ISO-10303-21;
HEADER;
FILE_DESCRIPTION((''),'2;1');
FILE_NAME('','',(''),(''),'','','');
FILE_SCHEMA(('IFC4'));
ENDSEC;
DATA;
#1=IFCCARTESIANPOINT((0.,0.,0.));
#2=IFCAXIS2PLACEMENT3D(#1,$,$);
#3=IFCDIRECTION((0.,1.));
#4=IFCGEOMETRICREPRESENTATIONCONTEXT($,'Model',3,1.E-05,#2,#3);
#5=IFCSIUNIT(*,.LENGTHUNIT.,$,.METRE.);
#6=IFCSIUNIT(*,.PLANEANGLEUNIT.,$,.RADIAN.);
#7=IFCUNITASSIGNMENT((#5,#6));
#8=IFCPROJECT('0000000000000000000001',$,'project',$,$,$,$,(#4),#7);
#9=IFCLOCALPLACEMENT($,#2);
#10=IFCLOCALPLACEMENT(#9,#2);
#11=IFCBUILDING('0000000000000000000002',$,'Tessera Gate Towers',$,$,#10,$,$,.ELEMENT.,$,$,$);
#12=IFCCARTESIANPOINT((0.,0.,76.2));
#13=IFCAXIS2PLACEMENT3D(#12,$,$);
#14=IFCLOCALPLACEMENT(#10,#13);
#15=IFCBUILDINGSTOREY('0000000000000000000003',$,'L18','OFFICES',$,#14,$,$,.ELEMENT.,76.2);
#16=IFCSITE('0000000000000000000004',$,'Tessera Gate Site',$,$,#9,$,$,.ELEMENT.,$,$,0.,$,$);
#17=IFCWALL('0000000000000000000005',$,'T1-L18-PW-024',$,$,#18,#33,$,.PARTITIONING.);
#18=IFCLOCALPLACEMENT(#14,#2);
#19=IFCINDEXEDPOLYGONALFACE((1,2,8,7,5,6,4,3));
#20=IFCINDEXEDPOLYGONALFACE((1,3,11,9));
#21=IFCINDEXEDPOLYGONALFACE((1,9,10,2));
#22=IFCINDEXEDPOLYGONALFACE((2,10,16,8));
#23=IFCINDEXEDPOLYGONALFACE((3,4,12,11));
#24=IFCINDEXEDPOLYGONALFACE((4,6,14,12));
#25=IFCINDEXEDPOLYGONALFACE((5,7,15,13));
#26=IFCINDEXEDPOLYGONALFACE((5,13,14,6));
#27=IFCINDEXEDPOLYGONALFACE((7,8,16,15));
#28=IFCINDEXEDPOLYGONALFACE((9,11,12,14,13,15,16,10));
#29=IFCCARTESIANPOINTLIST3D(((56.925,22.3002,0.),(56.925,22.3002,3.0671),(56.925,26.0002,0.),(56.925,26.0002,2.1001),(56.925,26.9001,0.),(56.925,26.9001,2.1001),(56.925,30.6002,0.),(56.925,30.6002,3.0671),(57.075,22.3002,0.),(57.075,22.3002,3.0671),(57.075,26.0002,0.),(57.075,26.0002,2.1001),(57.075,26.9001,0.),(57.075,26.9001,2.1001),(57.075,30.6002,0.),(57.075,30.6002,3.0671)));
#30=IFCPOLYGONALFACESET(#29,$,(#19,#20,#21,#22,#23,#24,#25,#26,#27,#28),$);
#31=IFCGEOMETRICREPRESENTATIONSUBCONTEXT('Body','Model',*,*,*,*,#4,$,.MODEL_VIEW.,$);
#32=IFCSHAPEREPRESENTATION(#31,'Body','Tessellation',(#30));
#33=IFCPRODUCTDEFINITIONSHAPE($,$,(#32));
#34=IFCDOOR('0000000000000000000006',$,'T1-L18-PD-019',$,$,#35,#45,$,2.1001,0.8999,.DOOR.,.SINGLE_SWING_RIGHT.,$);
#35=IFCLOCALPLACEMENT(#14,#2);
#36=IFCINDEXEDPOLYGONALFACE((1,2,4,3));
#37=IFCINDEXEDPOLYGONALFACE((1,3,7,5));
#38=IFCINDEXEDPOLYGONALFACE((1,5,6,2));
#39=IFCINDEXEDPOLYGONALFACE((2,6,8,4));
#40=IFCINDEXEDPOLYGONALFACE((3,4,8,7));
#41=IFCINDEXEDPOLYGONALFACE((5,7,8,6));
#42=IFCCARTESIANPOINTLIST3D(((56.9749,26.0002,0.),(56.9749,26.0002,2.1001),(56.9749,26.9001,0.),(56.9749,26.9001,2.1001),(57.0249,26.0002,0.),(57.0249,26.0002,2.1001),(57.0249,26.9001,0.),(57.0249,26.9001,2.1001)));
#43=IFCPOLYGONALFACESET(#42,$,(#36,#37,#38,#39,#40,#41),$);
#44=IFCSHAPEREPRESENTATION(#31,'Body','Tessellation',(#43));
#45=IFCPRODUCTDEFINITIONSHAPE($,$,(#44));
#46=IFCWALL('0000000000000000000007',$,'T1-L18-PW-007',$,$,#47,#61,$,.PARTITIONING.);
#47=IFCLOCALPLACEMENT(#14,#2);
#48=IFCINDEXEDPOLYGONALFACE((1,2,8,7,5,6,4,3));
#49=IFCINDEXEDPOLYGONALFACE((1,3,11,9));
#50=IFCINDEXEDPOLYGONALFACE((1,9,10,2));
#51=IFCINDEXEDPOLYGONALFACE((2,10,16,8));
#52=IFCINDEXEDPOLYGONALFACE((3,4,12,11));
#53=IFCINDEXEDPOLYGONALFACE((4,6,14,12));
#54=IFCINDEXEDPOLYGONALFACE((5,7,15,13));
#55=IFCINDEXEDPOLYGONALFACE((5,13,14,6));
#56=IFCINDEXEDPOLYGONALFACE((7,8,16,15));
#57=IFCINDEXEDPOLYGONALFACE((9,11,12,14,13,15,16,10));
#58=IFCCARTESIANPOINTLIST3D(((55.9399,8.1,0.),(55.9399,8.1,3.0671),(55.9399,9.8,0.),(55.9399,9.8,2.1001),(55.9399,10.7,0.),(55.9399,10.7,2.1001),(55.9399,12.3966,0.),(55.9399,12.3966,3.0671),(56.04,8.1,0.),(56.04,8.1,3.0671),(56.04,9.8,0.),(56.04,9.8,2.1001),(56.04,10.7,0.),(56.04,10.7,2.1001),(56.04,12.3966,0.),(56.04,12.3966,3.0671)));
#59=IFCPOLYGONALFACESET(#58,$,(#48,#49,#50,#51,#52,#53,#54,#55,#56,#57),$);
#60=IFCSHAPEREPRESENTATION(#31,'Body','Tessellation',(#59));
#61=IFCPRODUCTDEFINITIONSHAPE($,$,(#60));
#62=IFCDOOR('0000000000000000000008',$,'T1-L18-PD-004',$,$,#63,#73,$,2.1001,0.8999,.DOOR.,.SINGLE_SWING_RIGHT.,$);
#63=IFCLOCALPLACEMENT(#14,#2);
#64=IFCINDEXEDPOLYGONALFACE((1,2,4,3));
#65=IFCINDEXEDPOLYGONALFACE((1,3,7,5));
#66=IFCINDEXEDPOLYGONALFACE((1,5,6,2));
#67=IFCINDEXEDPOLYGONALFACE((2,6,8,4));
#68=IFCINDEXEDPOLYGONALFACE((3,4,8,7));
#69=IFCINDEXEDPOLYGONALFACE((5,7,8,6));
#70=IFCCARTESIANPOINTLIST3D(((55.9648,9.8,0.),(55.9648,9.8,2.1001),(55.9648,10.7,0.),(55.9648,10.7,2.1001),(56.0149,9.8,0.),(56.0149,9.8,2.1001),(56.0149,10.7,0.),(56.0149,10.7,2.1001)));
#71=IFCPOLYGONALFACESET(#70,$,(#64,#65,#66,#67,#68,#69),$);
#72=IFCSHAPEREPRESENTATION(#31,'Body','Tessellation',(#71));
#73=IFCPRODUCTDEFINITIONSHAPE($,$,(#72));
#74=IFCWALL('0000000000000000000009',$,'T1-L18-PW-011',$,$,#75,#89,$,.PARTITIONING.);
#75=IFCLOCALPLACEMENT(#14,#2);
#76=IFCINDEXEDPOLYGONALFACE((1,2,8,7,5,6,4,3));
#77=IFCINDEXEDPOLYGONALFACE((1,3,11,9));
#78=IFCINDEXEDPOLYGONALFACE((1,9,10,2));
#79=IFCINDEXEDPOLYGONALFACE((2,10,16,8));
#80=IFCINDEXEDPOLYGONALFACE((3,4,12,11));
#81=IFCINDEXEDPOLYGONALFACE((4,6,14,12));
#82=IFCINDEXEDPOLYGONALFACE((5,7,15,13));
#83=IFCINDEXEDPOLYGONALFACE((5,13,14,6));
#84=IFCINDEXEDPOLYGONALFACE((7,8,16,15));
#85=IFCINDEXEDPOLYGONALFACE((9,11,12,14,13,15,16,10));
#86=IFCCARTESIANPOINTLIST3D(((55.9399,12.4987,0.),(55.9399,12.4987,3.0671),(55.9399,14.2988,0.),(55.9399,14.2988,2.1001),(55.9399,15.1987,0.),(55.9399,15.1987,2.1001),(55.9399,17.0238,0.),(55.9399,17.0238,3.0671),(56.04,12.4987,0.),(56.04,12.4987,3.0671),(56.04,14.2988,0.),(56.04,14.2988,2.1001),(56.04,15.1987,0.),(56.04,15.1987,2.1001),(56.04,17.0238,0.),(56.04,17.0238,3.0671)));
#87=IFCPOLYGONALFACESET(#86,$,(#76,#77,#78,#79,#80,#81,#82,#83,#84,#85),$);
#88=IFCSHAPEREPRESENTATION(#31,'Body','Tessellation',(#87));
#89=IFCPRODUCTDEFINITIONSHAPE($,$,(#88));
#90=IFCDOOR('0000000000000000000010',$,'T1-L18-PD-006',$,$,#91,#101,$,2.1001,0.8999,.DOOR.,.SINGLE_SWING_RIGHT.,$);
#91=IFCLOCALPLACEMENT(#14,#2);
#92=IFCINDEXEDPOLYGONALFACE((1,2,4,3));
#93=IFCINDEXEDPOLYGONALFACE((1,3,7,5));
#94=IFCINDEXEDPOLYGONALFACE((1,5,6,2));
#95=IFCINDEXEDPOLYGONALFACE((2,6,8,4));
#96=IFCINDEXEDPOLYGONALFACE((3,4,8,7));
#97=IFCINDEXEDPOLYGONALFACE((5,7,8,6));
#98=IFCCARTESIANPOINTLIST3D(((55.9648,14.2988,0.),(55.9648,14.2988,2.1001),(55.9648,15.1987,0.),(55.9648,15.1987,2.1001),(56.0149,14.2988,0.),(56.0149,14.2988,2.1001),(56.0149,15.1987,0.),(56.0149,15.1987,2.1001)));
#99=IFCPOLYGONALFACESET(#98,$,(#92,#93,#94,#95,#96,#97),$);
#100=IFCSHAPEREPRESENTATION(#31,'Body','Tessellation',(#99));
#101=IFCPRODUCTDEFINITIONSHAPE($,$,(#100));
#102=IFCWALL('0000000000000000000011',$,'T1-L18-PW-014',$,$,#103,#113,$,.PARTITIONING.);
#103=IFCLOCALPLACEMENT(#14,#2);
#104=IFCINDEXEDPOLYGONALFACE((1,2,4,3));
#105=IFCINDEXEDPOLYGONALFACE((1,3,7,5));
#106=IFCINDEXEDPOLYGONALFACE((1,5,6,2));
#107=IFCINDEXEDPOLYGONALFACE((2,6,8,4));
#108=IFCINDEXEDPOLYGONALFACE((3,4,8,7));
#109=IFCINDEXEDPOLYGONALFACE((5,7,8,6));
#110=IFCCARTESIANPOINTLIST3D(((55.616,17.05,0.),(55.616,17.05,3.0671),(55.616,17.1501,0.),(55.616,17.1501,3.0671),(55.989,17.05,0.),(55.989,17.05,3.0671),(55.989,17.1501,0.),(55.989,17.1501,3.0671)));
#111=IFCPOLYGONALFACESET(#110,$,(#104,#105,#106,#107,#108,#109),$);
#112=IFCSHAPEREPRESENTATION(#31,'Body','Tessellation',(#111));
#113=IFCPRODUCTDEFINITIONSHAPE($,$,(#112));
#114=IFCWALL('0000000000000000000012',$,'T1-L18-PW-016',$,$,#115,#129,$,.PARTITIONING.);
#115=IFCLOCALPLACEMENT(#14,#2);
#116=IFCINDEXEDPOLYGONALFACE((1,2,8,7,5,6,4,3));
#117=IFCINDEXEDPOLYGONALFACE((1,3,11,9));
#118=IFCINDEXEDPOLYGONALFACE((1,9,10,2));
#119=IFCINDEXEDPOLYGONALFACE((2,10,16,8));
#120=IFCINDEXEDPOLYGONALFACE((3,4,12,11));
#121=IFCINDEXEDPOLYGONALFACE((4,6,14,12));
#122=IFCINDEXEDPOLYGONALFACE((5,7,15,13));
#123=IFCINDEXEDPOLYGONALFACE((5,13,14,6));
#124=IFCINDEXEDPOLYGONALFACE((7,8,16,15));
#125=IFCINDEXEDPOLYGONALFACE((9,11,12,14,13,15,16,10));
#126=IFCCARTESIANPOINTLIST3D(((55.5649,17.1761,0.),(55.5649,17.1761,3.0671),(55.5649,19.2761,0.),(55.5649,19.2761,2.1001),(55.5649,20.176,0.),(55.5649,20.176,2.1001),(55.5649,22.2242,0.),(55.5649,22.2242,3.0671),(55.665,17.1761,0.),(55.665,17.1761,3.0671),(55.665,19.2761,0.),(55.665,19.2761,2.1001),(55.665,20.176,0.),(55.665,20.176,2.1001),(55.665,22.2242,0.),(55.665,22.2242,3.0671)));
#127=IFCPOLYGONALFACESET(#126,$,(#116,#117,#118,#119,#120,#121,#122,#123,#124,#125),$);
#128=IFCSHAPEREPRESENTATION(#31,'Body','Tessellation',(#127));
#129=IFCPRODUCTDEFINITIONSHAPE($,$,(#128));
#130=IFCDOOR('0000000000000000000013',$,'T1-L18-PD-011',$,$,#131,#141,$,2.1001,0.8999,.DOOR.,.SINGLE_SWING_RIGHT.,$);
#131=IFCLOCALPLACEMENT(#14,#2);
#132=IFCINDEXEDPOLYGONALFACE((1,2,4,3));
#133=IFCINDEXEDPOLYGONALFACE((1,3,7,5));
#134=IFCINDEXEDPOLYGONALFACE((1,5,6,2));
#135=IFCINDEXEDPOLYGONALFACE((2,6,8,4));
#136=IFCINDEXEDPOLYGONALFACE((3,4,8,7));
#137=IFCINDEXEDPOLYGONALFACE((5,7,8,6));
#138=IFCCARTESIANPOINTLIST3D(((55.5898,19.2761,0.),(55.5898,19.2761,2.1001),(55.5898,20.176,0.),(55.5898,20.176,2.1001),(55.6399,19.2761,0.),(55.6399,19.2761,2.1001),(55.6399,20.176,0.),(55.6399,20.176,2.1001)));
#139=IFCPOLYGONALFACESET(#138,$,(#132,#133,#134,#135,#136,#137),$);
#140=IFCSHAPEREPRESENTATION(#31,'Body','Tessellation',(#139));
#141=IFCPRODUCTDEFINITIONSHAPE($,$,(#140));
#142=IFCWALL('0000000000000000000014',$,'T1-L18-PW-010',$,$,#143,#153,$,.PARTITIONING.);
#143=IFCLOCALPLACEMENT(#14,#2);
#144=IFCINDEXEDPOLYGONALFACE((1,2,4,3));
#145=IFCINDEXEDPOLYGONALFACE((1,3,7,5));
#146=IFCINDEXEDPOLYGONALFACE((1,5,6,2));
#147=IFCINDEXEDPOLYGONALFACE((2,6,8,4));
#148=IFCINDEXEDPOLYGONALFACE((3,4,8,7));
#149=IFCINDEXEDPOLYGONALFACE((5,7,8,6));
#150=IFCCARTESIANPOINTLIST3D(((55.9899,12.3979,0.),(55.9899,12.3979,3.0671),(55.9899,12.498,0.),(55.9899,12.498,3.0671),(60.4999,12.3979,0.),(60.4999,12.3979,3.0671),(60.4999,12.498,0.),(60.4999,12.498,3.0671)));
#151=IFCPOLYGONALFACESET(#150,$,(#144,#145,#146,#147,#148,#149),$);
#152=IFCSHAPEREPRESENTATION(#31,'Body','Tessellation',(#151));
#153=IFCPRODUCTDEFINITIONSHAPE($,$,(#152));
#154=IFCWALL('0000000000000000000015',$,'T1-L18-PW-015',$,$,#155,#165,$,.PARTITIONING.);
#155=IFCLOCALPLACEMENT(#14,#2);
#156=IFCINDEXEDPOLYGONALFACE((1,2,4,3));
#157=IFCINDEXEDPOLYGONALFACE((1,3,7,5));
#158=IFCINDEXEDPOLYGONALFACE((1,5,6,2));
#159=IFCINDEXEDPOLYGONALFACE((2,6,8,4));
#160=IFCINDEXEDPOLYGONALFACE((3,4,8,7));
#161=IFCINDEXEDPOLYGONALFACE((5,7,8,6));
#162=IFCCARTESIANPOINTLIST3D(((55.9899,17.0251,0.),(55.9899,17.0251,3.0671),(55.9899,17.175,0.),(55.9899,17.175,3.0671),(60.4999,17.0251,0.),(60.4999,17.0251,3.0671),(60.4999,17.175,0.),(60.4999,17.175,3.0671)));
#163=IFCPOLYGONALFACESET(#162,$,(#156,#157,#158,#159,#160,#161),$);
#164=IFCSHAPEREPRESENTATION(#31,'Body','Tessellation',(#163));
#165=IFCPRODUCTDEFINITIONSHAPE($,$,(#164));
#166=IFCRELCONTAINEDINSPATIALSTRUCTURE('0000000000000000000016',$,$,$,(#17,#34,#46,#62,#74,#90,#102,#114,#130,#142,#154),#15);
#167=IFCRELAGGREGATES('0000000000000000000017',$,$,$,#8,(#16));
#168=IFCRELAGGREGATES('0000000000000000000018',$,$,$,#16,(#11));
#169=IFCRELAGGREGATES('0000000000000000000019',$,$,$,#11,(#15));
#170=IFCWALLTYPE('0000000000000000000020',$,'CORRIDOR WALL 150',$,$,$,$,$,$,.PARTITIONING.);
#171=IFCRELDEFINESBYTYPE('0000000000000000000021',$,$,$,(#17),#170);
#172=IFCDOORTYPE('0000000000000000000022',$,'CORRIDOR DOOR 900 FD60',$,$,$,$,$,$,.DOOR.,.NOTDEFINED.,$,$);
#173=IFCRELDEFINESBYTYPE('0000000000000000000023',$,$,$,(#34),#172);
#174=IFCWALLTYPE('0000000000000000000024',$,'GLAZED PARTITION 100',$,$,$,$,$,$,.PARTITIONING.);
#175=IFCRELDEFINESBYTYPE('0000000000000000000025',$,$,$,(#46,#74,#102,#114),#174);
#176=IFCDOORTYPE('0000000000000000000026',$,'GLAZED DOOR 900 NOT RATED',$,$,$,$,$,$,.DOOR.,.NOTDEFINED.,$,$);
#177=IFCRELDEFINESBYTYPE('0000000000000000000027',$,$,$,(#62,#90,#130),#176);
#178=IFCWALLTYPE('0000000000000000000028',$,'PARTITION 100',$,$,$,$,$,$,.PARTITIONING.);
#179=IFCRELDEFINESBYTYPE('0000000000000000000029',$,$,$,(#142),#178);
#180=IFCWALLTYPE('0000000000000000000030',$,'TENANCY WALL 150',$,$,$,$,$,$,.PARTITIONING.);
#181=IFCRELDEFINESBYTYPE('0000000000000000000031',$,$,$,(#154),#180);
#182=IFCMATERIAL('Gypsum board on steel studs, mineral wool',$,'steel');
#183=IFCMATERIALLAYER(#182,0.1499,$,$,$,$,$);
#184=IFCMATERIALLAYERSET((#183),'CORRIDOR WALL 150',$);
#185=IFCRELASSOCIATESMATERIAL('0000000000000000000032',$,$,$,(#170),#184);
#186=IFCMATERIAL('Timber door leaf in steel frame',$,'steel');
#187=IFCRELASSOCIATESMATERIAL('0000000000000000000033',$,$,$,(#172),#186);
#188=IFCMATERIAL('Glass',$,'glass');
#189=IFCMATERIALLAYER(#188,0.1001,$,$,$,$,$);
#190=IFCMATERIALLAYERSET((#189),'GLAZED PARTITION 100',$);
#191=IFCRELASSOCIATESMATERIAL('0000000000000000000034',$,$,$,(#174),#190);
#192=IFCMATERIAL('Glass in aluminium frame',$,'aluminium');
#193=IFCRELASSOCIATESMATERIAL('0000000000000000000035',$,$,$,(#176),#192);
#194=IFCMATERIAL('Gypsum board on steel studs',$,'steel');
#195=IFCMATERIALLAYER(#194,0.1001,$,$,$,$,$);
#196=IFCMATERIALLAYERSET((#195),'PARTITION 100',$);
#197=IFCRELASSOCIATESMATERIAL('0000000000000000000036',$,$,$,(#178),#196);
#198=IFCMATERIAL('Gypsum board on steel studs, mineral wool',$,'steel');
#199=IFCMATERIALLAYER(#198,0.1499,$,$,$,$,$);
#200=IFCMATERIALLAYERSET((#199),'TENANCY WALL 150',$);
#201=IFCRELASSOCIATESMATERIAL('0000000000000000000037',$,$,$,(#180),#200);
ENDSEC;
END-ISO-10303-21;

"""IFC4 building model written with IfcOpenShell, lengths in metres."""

from ifc_helpers import new_model, si_unit, direction, frame, frame_2d, origin, place, context, subcontext, project, spatial, rectangle, extrude, source, transform, mapped, material, layer, layer_set, type_object, element, fill, save


model = new_model("IFC4")

# Units and contexts
model_context = context("Model", 3, precision=1e-05, world=origin(), true_north=direction((0.0, 1.0)))
body_context = subcontext(model_context, "Body", "Model", "MODEL_VIEW")
ifc_project = project(units=[si_unit("LENGTHUNIT", "METRE"), si_unit("PLANEANGLEUNIT", "RADIAN")], contexts=[model_context])

# Site, building, storey
site_placement = place(None, origin())
site = spatial("IfcSite", under=ifc_project, at=site_placement, Name="Tessera Gate Site", CompositionType="ELEMENT", RefElevation=0.0)
building_placement = place(site_placement, origin())
building = spatial("IfcBuilding", under=site, at=building_placement, Name="Tessera Gate Towers", CompositionType="ELEMENT")
storey_placement = place(building_placement, frame((0.0, 0.0, 76.2)))
storey = spatial("IfcBuildingStorey", under=building, at=storey_placement, Name="L18", Description="OFFICES", CompositionType="ELEMENT", Elevation=76.2)

# Walls, openings, doors
ifc_material_1 = material(Name="Gypsum board on steel studs, mineral wool", Category="steel")
ifc_layer_1 = layer(ifc_material_1, 0.1499)
ifc_layer_set_1 = layer_set([ifc_layer_1], Name="CORRIDOR WALL 150")
wall_type_1 = type_object("IfcWallType", Name="CORRIDOR WALL 150", PredefinedType="PARTITIONING", material=ifc_layer_set_1)
wall_1_placement = place(storey_placement, frame((57.0, 30.6001, 0.0), z_axis=(0.0, 0.0, 1.0), x_axis=(0.0, -1.0, 0.0)))
wall_1 = element("IfcWall", 1, at=wall_1_placement, inside=storey, type_object=wall_type_1, Name="T1-L18-PW-024", PredefinedType="PARTITIONING", context=body_context, shape_type="SweptSolid", body=[
    extrude(rectangle(XDim=8.3, YDim=0.1499, at=frame_2d((4.1499, 0.0))), origin(), (0.0, 0.0, 1.0), 3.0671),
])
shared_shape_1 = source(origin(), body_context, "Body", "SweptSolid", [
    extrude(rectangle(XDim=0.8999, YDim=2.1001, at=frame_2d((0.45, 1.05))), frame((0.0, 0.085, 0.0), z_axis=(0.0, -1.0, 0.0), x_axis=(1.0, 0.0, 0.0)), (0.0, 0.0, 1.0), 0.1699),
])
opening_1_placement = place(wall_1_placement, frame((3.7, 0.0, 0.0)))
opening_1 = element("IfcOpeningElement", 2, at=opening_1_placement, cuts=wall_1, PredefinedType="OPENING", context=body_context, shape_type="MappedRepresentation", body=[
    mapped(shared_shape_1, transform((0.0, 0.0, 0.0), scale=1.0)),
])
ifc_material_2 = material(Name="Timber door leaf in steel frame", Category="steel")
door_type_1 = type_object("IfcDoorType", Name="CORRIDOR DOOR 900 FD60", OperationType="NOTDEFINED", PredefinedType="DOOR", material=ifc_material_2)
shared_shape_2 = source(origin(), body_context, "Body", "SweptSolid", [
    extrude(rectangle(XDim=0.8999, YDim=2.1001, at=frame_2d((0.45, 1.05))), frame((0.0, 0.0249, 0.0), z_axis=(0.0, -1.0, 0.0), x_axis=(1.0, 0.0, 0.0)), (0.0, 0.0, 1.0), 0.05),
])
door_1_placement = place(opening_1_placement, origin())
door_1 = element("IfcDoor", 3, at=door_1_placement, inside=storey, type_object=door_type_1, Name="T1-L18-PD-019", OperationType="SINGLE_SWING_RIGHT", OverallHeight=2.1001, OverallWidth=0.8999, PredefinedType="DOOR", context=body_context, shape_type="MappedRepresentation", body=[
    mapped(shared_shape_2, transform((0.0, 0.0, 0.0), scale=1.0)),
])
fill(opening_1, door_1)
ifc_material_3 = material(Name="Glass", Category="glass")
ifc_layer_2 = layer(ifc_material_3, 0.1001)
ifc_layer_set_2 = layer_set([ifc_layer_2], Name="GLAZED PARTITION 100")
wall_type_2 = type_object("IfcWallType", Name="GLAZED PARTITION 100", PredefinedType="PARTITIONING", material=ifc_layer_set_2)
wall_2_placement = place(storey_placement, frame((55.99, 12.3967, 0.0), z_axis=(0.0, 0.0, 1.0), x_axis=(0.0, -1.0, 0.0)))
wall_2 = element("IfcWall", 4, at=wall_2_placement, inside=storey, type_object=wall_type_2, Name="T1-L18-PW-007", PredefinedType="PARTITIONING", context=body_context, shape_type="SweptSolid", body=[
    extrude(rectangle(XDim=4.2966, YDim=0.1001, at=frame_2d((2.1484, 0.0))), origin(), (0.0, 0.0, 1.0), 3.0671),
])
shared_shape_3 = source(origin(), body_context, "Body", "SweptSolid", [
    extrude(rectangle(XDim=0.8999, YDim=2.1001, at=frame_2d((0.45, 1.05))), frame((0.0, 0.0601, 0.0), z_axis=(0.0, -1.0, 0.0), x_axis=(1.0, 0.0, 0.0)), (0.0, 0.0, 1.0), 0.1201),
])
opening_2_placement = place(wall_2_placement, frame((1.6968, 0.0, 0.0)))
opening_2 = element("IfcOpeningElement", 5, at=opening_2_placement, cuts=wall_2, PredefinedType="OPENING", context=body_context, shape_type="MappedRepresentation", body=[
    mapped(shared_shape_3, transform((0.0, 0.0, 0.0), scale=1.0)),
])
ifc_material_4 = material(Name="Glass in aluminium frame", Category="aluminium")
door_type_2 = type_object("IfcDoorType", Name="GLAZED DOOR 900 NOT RATED", OperationType="NOTDEFINED", PredefinedType="DOOR", material=ifc_material_4)
door_2_placement = place(opening_2_placement, origin())
door_2 = element("IfcDoor", 6, at=door_2_placement, inside=storey, type_object=door_type_2, Name="T1-L18-PD-004", OperationType="SINGLE_SWING_RIGHT", OverallHeight=2.1001, OverallWidth=0.8999, PredefinedType="DOOR", context=body_context, shape_type="MappedRepresentation", body=[
    mapped(shared_shape_2, transform((0.0, 0.0, 0.0), scale=1.0)),
])
fill(opening_2, door_2)
wall_3_placement = place(storey_placement, frame((55.99, 17.0239, 0.0), z_axis=(0.0, 0.0, 1.0), x_axis=(0.0, -1.0, 0.0)))
wall_3 = element("IfcWall", 7, at=wall_3_placement, inside=storey, type_object=wall_type_2, Name="T1-L18-PW-011", PredefinedType="PARTITIONING", context=body_context, shape_type="SweptSolid", body=[
    extrude(rectangle(XDim=4.5251, YDim=0.1001, at=frame_2d((2.2627, 0.0))), origin(), (0.0, 0.0, 1.0), 3.0671),
])
opening_3_placement = place(wall_3_placement, frame((1.8252, 0.0, 0.0)))
opening_3 = element("IfcOpeningElement", 8, at=opening_3_placement, cuts=wall_3, PredefinedType="OPENING", context=body_context, shape_type="MappedRepresentation", body=[
    mapped(shared_shape_3, transform((0.0, 0.0, 0.0), scale=1.0)),
])
door_3_placement = place(opening_3_placement, origin())
door_3 = element("IfcDoor", 9, at=door_3_placement, inside=storey, type_object=door_type_2, Name="T1-L18-PD-006", OperationType="SINGLE_SWING_RIGHT", OverallHeight=2.1001, OverallWidth=0.8999, PredefinedType="DOOR", context=body_context, shape_type="MappedRepresentation", body=[
    mapped(shared_shape_2, transform((0.0, 0.0, 0.0), scale=1.0)),
])
fill(opening_3, door_3)

# Wall
wall_4_placement = place(storey_placement, frame((55.616, 17.1001, 0.0), z_axis=(0.0, 0.0, 1.0), x_axis=(1.0, 0.0, 0.0)))
element("IfcWall", 10, at=wall_4_placement, inside=storey, type_object=wall_type_2, Name="T1-L18-PW-014", PredefinedType="PARTITIONING", context=body_context, shape_type="SweptSolid", body=[
    extrude(rectangle(XDim=0.373, YDim=0.1001, at=frame_2d((0.1865, 0.0))), origin(), (0.0, 0.0, 1.0), 3.0671),
])

# Wall, opening, door
wall_5_placement = place(storey_placement, frame((55.615, 22.2241, 0.0), z_axis=(0.0, 0.0, 1.0), x_axis=(0.0, -1.0, 0.0)))
wall_5 = element("IfcWall", 11, at=wall_5_placement, inside=storey, type_object=wall_type_2, Name="T1-L18-PW-016", PredefinedType="PARTITIONING", context=body_context, shape_type="SweptSolid", body=[
    extrude(rectangle(XDim=5.0481, YDim=0.1001, at=frame_2d((2.5239, 0.0))), origin(), (0.0, 0.0, 1.0), 3.0671),
])
opening_4_placement = place(wall_5_placement, frame((2.0481, 0.0, 0.0)))
opening_4 = element("IfcOpeningElement", 12, at=opening_4_placement, cuts=wall_5, PredefinedType="OPENING", context=body_context, shape_type="MappedRepresentation", body=[
    mapped(shared_shape_3, transform((0.0, 0.0, 0.0), scale=1.0)),
])
door_4_placement = place(opening_4_placement, origin())
door_4 = element("IfcDoor", 13, at=door_4_placement, inside=storey, type_object=door_type_2, Name="T1-L18-PD-011", OperationType="SINGLE_SWING_RIGHT", OverallHeight=2.1001, OverallWidth=0.8999, PredefinedType="DOOR", context=body_context, shape_type="MappedRepresentation", body=[
    mapped(shared_shape_2, transform((0.0, 0.0, 0.0), scale=1.0)),
])
fill(opening_4, door_4)

# Walls
ifc_material_5 = material(Name="Gypsum board on steel studs", Category="steel")
ifc_layer_3 = layer(ifc_material_5, 0.1001)
ifc_layer_set_3 = layer_set([ifc_layer_3], Name="PARTITION 100")
wall_type_3 = type_object("IfcWallType", Name="PARTITION 100", PredefinedType="PARTITIONING", material=ifc_layer_set_3)
wall_6_placement = place(storey_placement, frame((55.99, 12.448, 0.0), z_axis=(0.0, 0.0, 1.0), x_axis=(1.0, 0.0, 0.0)))
element("IfcWall", 14, at=wall_6_placement, inside=storey, type_object=wall_type_3, Name="T1-L18-PW-010", PredefinedType="PARTITIONING", context=body_context, shape_type="SweptSolid", body=[
    extrude(rectangle(XDim=4.51, YDim=0.1001, at=frame_2d((2.2549, 0.0))), origin(), (0.0, 0.0, 1.0), 3.0671),
])
ifc_material_6 = material(Name="Gypsum board on steel studs, mineral wool", Category="steel")
ifc_layer_4 = layer(ifc_material_6, 0.1499)
ifc_layer_set_4 = layer_set([ifc_layer_4], Name="TENANCY WALL 150")
wall_type_4 = type_object("IfcWallType", Name="TENANCY WALL 150", PredefinedType="PARTITIONING", material=ifc_layer_set_4)
wall_7_placement = place(storey_placement, frame((55.99, 17.1001, 0.0), z_axis=(0.0, 0.0, 1.0), x_axis=(1.0, 0.0, 0.0)))
element("IfcWall", 15, at=wall_7_placement, inside=storey, type_object=wall_type_4, Name="T1-L18-PW-015", PredefinedType="PARTITIONING", context=body_context, shape_type="SweptSolid", body=[
    extrude(rectangle(XDim=4.51, YDim=0.1499, at=frame_2d((2.2549, 0.0))), origin(), (0.0, 0.0, 1.0), 3.0671),
])

save(model, "model.ifc")
